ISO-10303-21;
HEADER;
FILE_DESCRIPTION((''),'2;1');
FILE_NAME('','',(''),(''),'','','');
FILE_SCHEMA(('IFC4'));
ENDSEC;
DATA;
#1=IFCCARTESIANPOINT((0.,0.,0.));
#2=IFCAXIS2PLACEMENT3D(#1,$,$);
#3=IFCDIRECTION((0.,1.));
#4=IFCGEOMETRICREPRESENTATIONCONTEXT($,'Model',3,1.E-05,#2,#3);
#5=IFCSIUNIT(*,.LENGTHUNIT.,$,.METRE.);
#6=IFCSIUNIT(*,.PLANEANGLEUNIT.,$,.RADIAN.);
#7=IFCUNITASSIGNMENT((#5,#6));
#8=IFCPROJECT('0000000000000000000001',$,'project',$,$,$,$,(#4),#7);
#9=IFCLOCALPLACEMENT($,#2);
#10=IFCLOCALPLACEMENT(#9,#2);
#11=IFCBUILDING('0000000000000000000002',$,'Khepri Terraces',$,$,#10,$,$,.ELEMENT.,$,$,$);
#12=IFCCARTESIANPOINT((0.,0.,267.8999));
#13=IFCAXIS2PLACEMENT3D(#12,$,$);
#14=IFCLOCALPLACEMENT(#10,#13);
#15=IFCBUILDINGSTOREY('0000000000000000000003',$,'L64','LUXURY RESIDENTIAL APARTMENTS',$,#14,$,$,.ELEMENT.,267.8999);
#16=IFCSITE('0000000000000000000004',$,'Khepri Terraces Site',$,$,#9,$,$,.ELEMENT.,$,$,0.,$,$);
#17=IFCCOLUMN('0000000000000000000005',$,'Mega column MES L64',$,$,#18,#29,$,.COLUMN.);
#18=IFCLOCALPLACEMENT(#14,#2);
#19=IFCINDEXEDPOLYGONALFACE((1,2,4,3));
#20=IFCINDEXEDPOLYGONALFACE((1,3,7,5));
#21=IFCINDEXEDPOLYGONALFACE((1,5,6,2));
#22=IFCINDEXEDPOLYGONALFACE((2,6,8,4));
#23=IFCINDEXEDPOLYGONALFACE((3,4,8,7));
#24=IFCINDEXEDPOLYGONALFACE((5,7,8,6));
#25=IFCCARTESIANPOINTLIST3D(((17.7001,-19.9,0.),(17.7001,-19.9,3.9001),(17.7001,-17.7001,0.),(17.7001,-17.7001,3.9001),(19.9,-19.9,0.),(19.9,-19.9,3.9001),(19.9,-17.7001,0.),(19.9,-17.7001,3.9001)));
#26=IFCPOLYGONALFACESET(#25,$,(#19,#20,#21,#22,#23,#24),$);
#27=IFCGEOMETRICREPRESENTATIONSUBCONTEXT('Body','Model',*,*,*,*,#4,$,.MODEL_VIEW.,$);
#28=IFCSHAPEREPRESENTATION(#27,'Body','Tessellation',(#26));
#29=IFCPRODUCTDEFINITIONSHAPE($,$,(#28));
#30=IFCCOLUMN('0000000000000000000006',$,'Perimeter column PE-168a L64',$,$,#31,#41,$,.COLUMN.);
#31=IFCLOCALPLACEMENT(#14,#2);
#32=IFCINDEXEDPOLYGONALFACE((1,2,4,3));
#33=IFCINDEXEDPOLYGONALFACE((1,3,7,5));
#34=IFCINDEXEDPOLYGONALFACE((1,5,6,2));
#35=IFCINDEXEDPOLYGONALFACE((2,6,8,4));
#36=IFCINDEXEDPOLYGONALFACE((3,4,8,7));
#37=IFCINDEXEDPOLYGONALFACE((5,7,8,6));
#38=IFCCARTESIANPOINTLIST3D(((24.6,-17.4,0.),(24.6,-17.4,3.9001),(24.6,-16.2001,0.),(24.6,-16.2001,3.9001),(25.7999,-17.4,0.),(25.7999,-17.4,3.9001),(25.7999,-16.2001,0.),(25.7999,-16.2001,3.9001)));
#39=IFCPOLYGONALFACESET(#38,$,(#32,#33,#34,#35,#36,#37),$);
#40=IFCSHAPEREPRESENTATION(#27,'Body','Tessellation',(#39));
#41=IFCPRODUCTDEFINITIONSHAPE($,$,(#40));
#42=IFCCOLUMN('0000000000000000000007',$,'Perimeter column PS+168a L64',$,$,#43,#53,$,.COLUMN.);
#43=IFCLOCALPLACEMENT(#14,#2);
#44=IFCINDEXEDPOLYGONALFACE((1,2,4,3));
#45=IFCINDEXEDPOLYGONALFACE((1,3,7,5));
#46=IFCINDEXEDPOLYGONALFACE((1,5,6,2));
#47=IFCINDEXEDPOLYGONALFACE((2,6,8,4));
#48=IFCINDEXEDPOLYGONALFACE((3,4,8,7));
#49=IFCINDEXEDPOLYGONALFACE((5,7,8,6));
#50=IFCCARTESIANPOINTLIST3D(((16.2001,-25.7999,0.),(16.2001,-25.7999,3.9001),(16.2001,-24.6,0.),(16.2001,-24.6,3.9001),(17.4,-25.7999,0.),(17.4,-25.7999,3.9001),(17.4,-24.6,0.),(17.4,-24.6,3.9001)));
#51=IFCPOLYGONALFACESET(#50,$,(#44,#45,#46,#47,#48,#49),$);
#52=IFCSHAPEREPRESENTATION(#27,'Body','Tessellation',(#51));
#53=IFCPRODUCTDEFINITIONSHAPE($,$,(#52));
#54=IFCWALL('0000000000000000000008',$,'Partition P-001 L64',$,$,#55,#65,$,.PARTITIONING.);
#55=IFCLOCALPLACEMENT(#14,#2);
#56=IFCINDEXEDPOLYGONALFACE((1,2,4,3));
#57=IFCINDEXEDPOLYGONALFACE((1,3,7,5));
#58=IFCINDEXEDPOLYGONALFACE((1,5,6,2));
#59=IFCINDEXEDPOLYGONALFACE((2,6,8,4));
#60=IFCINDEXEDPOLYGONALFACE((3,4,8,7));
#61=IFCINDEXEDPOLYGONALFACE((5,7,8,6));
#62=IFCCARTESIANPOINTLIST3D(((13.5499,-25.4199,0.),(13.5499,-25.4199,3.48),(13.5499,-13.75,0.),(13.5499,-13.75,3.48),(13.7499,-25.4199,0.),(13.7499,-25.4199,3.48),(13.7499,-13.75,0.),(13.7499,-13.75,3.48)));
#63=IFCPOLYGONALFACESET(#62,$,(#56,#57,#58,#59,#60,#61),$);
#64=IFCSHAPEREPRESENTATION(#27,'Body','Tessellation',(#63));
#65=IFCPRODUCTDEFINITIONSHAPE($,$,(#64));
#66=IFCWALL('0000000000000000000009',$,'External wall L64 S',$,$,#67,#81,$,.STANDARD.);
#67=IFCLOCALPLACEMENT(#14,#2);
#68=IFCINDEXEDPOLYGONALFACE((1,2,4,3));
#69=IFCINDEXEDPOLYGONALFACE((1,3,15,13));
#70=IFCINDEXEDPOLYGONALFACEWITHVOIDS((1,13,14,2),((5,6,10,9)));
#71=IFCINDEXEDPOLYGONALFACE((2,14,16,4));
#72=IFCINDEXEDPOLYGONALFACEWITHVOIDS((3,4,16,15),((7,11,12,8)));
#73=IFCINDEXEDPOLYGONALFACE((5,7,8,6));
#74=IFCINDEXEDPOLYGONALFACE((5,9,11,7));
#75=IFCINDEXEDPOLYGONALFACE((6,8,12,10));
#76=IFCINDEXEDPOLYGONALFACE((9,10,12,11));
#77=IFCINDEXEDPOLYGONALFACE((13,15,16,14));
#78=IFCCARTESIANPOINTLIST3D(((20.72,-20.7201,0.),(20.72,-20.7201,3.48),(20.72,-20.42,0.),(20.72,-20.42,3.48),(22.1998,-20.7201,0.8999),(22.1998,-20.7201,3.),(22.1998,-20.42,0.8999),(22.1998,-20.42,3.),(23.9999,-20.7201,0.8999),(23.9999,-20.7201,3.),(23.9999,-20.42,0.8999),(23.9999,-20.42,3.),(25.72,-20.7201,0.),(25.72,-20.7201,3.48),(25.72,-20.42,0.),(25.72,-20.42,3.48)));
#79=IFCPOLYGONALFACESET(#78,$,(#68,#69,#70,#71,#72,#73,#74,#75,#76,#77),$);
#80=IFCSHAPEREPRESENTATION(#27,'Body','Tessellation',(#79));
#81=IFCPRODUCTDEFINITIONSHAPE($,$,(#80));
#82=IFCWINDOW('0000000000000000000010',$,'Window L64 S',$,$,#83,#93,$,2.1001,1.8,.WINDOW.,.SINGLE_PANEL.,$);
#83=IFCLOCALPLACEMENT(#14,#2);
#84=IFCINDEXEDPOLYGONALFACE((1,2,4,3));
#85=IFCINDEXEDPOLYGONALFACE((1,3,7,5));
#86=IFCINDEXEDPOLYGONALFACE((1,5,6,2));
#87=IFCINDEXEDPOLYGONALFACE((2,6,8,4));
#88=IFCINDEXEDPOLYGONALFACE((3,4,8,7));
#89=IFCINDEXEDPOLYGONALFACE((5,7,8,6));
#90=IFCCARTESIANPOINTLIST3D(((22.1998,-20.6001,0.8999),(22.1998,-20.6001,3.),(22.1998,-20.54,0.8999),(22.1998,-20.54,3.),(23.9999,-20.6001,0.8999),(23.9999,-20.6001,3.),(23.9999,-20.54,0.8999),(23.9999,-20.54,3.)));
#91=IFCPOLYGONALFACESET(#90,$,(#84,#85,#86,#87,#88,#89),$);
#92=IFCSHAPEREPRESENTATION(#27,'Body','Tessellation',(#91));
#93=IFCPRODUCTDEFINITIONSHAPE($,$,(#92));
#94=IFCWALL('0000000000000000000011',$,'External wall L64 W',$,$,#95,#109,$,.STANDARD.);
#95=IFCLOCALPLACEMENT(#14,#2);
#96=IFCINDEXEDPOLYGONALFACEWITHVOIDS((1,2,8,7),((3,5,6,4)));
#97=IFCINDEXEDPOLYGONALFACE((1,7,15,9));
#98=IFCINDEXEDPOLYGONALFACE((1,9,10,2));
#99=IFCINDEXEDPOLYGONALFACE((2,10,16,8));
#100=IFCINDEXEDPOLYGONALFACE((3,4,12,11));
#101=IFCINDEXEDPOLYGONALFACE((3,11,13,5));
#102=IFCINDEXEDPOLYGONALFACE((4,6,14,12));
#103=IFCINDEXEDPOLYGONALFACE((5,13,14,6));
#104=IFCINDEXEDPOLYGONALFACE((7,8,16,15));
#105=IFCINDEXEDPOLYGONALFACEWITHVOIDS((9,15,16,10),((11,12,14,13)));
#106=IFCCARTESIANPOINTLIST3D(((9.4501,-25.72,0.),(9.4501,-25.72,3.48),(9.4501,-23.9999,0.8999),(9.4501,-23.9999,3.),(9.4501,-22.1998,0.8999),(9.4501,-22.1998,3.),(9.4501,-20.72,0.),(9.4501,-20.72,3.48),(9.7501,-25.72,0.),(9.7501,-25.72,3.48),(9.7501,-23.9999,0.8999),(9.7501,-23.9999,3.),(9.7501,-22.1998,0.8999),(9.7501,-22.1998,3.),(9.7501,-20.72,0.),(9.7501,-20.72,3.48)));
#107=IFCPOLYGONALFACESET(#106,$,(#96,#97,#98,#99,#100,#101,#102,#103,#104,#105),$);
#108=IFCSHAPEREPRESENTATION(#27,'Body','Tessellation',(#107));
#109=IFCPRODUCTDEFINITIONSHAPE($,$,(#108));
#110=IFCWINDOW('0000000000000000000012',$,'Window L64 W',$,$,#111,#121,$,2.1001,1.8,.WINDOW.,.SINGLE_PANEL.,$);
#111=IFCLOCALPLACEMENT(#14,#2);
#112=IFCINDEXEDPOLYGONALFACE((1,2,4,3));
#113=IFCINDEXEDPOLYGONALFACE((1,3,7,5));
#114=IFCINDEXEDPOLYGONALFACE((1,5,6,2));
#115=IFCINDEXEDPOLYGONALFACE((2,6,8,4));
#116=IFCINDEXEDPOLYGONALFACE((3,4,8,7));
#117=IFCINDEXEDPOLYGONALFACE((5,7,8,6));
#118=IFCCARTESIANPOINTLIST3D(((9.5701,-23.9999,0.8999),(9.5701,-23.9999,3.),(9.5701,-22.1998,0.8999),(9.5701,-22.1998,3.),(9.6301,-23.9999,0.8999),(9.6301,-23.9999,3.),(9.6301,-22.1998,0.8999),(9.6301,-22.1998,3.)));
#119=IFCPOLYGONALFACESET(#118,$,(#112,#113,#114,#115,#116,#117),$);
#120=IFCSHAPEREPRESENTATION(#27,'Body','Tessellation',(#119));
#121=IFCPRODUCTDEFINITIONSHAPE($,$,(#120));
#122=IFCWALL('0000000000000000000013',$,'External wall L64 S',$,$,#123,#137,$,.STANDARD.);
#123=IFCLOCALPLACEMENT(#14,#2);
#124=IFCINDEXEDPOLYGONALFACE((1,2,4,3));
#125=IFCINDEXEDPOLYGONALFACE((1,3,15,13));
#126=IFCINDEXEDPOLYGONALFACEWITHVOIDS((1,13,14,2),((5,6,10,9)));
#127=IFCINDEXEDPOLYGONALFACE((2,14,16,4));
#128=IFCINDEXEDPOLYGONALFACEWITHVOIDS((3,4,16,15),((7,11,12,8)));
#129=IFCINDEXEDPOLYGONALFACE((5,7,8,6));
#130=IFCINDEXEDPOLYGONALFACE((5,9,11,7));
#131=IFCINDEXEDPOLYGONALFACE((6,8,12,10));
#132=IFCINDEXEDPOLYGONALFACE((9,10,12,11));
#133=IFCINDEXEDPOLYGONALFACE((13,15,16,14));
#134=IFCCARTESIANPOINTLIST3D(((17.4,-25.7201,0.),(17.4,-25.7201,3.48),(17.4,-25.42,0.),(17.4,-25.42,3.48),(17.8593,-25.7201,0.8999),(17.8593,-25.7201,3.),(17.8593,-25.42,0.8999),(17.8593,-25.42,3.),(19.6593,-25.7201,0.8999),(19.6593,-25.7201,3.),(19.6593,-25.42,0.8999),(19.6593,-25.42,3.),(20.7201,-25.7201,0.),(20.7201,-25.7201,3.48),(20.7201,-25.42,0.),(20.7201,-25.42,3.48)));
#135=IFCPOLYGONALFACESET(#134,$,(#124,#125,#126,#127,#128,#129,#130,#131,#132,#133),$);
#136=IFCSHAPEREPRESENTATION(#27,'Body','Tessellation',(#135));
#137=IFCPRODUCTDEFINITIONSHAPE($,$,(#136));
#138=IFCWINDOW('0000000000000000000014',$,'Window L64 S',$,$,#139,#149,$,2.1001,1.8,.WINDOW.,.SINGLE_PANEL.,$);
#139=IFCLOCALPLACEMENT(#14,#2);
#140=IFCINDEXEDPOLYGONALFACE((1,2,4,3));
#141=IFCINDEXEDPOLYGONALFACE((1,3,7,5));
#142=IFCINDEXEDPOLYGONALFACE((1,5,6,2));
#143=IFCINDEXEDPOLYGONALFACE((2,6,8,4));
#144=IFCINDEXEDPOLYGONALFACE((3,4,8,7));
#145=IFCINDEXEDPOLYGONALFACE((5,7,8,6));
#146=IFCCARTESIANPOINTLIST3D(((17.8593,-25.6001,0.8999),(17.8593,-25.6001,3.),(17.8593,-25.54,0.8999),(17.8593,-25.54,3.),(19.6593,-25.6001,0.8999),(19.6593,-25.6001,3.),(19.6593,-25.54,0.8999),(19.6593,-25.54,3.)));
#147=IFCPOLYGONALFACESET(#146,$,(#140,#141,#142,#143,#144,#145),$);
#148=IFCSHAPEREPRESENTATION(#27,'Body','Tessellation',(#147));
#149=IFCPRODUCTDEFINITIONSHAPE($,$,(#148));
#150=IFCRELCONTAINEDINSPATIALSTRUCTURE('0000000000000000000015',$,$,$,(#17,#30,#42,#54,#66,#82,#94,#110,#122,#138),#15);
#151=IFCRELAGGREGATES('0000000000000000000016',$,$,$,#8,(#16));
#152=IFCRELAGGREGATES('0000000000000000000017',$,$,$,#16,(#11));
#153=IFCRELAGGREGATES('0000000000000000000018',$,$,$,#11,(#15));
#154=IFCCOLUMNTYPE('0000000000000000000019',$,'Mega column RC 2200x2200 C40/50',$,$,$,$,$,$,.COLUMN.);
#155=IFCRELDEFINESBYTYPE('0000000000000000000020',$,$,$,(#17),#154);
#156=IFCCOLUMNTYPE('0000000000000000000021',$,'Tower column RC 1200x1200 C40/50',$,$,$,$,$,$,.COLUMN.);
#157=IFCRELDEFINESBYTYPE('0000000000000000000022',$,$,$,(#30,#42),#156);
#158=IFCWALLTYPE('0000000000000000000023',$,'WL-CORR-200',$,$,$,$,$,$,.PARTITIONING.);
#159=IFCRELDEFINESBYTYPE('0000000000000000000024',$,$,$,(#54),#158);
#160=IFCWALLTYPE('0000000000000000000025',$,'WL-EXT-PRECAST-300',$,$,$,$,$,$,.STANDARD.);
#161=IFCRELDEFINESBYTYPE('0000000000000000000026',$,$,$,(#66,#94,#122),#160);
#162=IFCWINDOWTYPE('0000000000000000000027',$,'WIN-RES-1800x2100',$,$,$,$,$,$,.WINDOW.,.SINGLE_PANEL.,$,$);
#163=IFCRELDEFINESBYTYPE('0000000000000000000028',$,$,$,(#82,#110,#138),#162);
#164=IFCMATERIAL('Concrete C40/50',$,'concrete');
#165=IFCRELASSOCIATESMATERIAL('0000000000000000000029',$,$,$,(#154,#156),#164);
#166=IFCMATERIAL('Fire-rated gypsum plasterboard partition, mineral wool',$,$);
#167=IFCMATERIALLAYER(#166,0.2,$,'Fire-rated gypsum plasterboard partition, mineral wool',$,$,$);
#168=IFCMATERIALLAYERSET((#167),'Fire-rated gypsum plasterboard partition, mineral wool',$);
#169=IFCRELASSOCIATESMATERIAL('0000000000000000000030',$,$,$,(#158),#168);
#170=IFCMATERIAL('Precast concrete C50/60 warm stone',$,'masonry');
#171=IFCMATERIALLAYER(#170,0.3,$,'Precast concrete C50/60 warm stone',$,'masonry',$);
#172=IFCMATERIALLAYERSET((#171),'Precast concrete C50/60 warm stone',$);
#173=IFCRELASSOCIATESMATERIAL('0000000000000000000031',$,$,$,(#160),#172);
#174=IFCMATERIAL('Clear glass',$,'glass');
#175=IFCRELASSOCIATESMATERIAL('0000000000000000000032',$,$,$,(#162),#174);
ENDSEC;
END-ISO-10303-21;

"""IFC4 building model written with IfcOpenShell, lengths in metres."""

from ifc_helpers import new_model, si_unit, direction, frame, frame_2d, origin, origin_2d, place, context, subcontext, project, spatial, rectangle, extrude, material, layer, layer_set, material_profile, profile_set, type_object, element, fill, save


model = new_model("IFC4")

# Units and contexts
model_context = context("Model", 3, precision=1e-05, world=origin(), true_north=direction((0.0, 1.0)))
body_context = subcontext(model_context, "Body", "Model", "MODEL_VIEW")
ifc_project = project(units=[si_unit("LENGTHUNIT", "METRE"), si_unit("PLANEANGLEUNIT", "RADIAN")], contexts=[model_context])

# Site, building, storey
site_placement = place(None, origin())
site = spatial("IfcSite", under=ifc_project, at=site_placement, Name="Khepri Terraces Site", CompositionType="ELEMENT", RefElevation=0.0)
building_placement = place(site_placement, origin())
building = spatial("IfcBuilding", under=site, at=building_placement, Name="Khepri Terraces", CompositionType="ELEMENT")
storey_placement = place(building_placement, frame((0.0, 0.0, 267.8999)))
storey = spatial("IfcBuildingStorey", under=building, at=storey_placement, Name="L64", Description="LUXURY RESIDENTIAL APARTMENTS", CompositionType="ELEMENT", Elevation=267.8999)

# Columns
ifc_material_1 = material(Name="Concrete C40/50", Category="concrete")
ifc_material_profile_1 = material_profile(ifc_material_1, rectangle(XDim=2.2, YDim=2.2, at=origin_2d()), Name="Concrete C40/50", Category="concrete")
ifc_profile_set_1 = profile_set([ifc_material_profile_1], Name="Concrete C40/50")
column_type_1 = type_object("IfcColumnType", Name="Mega column RC 2200x2200 C40/50", PredefinedType="COLUMN", material=ifc_profile_set_1)
column_placement = place(storey_placement, frame((18.8, -18.8, 0.0), z_axis=(0.0, 0.0, 1.0), x_axis=(1.0, 0.0, 0.0)))
element("IfcColumn", 1, at=column_placement, inside=storey, type_object=column_type_1, Name="Mega column MES L64", PredefinedType="COLUMN", context=body_context, shape_type="SweptSolid", body=[
    extrude(rectangle(XDim=2.2, YDim=2.2, at=origin_2d()), origin(), (0.0, 0.0, 1.0), 3.9001),
])
ifc_material_profile_2 = material_profile(ifc_material_1, rectangle(XDim=1.2, YDim=1.2, at=origin_2d()), Name="Concrete C40/50", Category="concrete")
ifc_profile_set_2 = profile_set([ifc_material_profile_2], Name="Concrete C40/50")
column_type_2 = type_object("IfcColumnType", Name="Tower column RC 1200x1200 C40/50", PredefinedType="COLUMN", material=ifc_profile_set_2)
for number, where, z_axis, x_axis, name in (
    (2, (25.2, -16.8, 0.0), (0.0, 0.0, 1.0), (1.0, 0.0, 0.0), "Perimeter column PE-168a L64"),
    (3, (16.8, -25.2, 0.0), (0.0, 0.0, 1.0), (1.0, 0.0, 0.0), "Perimeter column PS+168a L64"),
):
    element("IfcColumn", number, at=place(storey_placement, frame(where, z_axis=z_axis, x_axis=x_axis)), inside=storey, type_object=column_type_2, Name=name, PredefinedType="COLUMN", context=body_context, shape_type="SweptSolid", body=[
        extrude(rectangle(XDim=1.2, YDim=1.2, at=origin_2d()), origin(), (0.0, 0.0, 1.0), 3.9001),
    ])

# Wall
ifc_material_2 = material(Name="Fire-rated gypsum plasterboard partition, mineral wool")
ifc_layer_1 = layer(ifc_material_2, 0.2, Name="Fire-rated gypsum plasterboard partition, mineral wool")
ifc_layer_set_1 = layer_set([ifc_layer_1], Name="Fire-rated gypsum plasterboard partition, mineral wool")
wall_type_1 = type_object("IfcWallType", Name="WL-CORR-200", PredefinedType="PARTITIONING", material=ifc_layer_set_1)
wall_1_placement = place(storey_placement, frame((13.6499, -25.4199, 0.0), z_axis=(0.0, 0.0, 1.0), x_axis=(0.0, 1.0, 0.0)))
element("IfcWall", 4, at=wall_1_placement, inside=storey, type_object=wall_type_1, Name="Partition P-001 L64", PredefinedType="PARTITIONING", context=body_context, shape_type="SweptSolid", body=[
    extrude(rectangle(XDim=11.6699, YDim=0.2, at=frame_2d((5.835, 0.0))), origin(), (0.0, 0.0, 1.0), 3.48),
])

# Wall, opening, window
ifc_material_3 = material(Name="Precast concrete C50/60 warm stone", Category="masonry")
ifc_layer_2 = layer(ifc_material_3, 0.3, Name="Precast concrete C50/60 warm stone", Category="masonry")
ifc_layer_set_2 = layer_set([ifc_layer_2], Name="Precast concrete C50/60 warm stone")
wall_type_2 = type_object("IfcWallType", Name="WL-EXT-PRECAST-300", PredefinedType="STANDARD", material=ifc_layer_set_2)
wall_2_placement = place(storey_placement, frame((20.72, -20.5701, 0.0), z_axis=(0.0, 0.0, 1.0), x_axis=(1.0, 0.0, 0.0)))
wall_2 = element("IfcWall", 5, at=wall_2_placement, inside=storey, type_object=wall_type_2, Name="External wall L64 S", PredefinedType="STANDARD", context=body_context, shape_type="SweptSolid", body=[
    extrude(rectangle(XDim=5.0, YDim=0.3, at=frame_2d((2.5, 0.0))), origin(), (0.0, 0.0, 1.0), 3.48),
])
opening_1_placement = place(wall_2_placement, frame((1.48, 0.0, 0.8999)))
opening_1 = element("IfcOpeningElement", 6, at=opening_1_placement, cuts=wall_2, PredefinedType="OPENING", context=body_context, shape_type="SweptSolid", body=[
    extrude(rectangle(XDim=1.8, YDim=2.1001, at=frame_2d((0.8999, 1.05))), frame((0.0, 0.1602, 0.0), z_axis=(0.0, -1.0, 0.0), x_axis=(1.0, 0.0, 0.0)), (0.0, 0.0, 1.0), 0.3201),
])
ifc_material_4 = material(Name="Clear glass", Category="glass")
window_type = type_object("IfcWindowType", Name="WIN-RES-1800x2100", PartitioningType="SINGLE_PANEL", PredefinedType="WINDOW", material=ifc_material_4)
window_1_placement = place(opening_1_placement, origin())
window_1 = element("IfcWindow", 7, at=window_1_placement, inside=storey, type_object=window_type, Name="Window L64 S", OverallHeight=2.1001, OverallWidth=1.8, PartitioningType="SINGLE_PANEL", PredefinedType="WINDOW", context=body_context, shape_type="SweptSolid", body=[
    extrude(rectangle(XDim=1.8, YDim=2.1001, at=frame_2d((0.8999, 1.05))), frame((0.0, 0.03, 0.0), z_axis=(0.0, -1.0, 0.0), x_axis=(1.0, 0.0, 0.0)), (0.0, 0.0, 1.0), 0.0601),
])
fill(opening_1, window_1)

# Wall, opening, window
wall_3_placement = place(storey_placement, frame((9.6001, -20.72, 0.0), z_axis=(0.0, 0.0, 1.0), x_axis=(0.0, -1.0, 0.0)))
wall_3 = element("IfcWall", 8, at=wall_3_placement, inside=storey, type_object=wall_type_2, Name="External wall L64 W", PredefinedType="STANDARD", context=body_context, shape_type="SweptSolid", body=[
    extrude(rectangle(XDim=5.0, YDim=0.3, at=frame_2d((2.5, 0.0))), origin(), (0.0, 0.0, 1.0), 3.48),
])
opening_2_placement = place(wall_3_placement, frame((1.48, 0.0, 0.8999)))
opening_2 = element("IfcOpeningElement", 9, at=opening_2_placement, cuts=wall_3, PredefinedType="OPENING", context=body_context, shape_type="SweptSolid", body=[
    extrude(rectangle(XDim=1.8, YDim=2.1001, at=frame_2d((0.8999, 1.05))), frame((0.0, 0.1602, 0.0), z_axis=(0.0, -1.0, 0.0), x_axis=(1.0, 0.0, 0.0)), (0.0, 0.0, 1.0), 0.3201),
])
window_2_placement = place(opening_2_placement, origin())
window_2 = element("IfcWindow", 10, at=window_2_placement, inside=storey, type_object=window_type, Name="Window L64 W", OverallHeight=2.1001, OverallWidth=1.8, PartitioningType="SINGLE_PANEL", PredefinedType="WINDOW", context=body_context, shape_type="SweptSolid", body=[
    extrude(rectangle(XDim=1.8, YDim=2.1001, at=frame_2d((0.8999, 1.05))), frame((0.0, 0.03, 0.0), z_axis=(0.0, -1.0, 0.0), x_axis=(1.0, 0.0, 0.0)), (0.0, 0.0, 1.0), 0.0601),
])
fill(opening_2, window_2)

# Wall, opening, window
wall_4_placement = place(storey_placement, frame((17.3999, -25.5701, 0.0), z_axis=(0.0, 0.0, 1.0), x_axis=(1.0, 0.0, 0.0)))
wall_4 = element("IfcWall", 11, at=wall_4_placement, inside=storey, type_object=wall_type_2, Name="External wall L64 S", PredefinedType="STANDARD", context=body_context, shape_type="SweptSolid", body=[
    extrude(rectangle(XDim=3.3201, YDim=0.3, at=frame_2d((1.6602, 0.0))), origin(), (0.0, 0.0, 1.0), 3.48),
])
opening_3_placement = place(wall_4_placement, frame((0.4595, 0.0, 0.8999)))
opening_3 = element("IfcOpeningElement", 12, at=opening_3_placement, cuts=wall_4, PredefinedType="OPENING", context=body_context, shape_type="SweptSolid", body=[
    extrude(rectangle(XDim=1.8, YDim=2.1001, at=frame_2d((0.8999, 1.05))), frame((0.0, 0.1602, 0.0), z_axis=(0.0, -1.0, 0.0), x_axis=(1.0, 0.0, 0.0)), (0.0, 0.0, 1.0), 0.3201),
])
window_3_placement = place(opening_3_placement, origin())
window_3 = element("IfcWindow", 13, at=window_3_placement, inside=storey, type_object=window_type, Name="Window L64 S", OverallHeight=2.1001, OverallWidth=1.8, PartitioningType="SINGLE_PANEL", PredefinedType="WINDOW", context=body_context, shape_type="SweptSolid", body=[
    extrude(rectangle(XDim=1.8, YDim=2.1001, at=frame_2d((0.8999, 1.05))), frame((0.0, 0.03, 0.0), z_axis=(0.0, -1.0, 0.0), x_axis=(1.0, 0.0, 0.0)), (0.0, 0.0, 1.0), 0.0601),
])
fill(opening_3, window_3)

save(model, "model.ifc")
